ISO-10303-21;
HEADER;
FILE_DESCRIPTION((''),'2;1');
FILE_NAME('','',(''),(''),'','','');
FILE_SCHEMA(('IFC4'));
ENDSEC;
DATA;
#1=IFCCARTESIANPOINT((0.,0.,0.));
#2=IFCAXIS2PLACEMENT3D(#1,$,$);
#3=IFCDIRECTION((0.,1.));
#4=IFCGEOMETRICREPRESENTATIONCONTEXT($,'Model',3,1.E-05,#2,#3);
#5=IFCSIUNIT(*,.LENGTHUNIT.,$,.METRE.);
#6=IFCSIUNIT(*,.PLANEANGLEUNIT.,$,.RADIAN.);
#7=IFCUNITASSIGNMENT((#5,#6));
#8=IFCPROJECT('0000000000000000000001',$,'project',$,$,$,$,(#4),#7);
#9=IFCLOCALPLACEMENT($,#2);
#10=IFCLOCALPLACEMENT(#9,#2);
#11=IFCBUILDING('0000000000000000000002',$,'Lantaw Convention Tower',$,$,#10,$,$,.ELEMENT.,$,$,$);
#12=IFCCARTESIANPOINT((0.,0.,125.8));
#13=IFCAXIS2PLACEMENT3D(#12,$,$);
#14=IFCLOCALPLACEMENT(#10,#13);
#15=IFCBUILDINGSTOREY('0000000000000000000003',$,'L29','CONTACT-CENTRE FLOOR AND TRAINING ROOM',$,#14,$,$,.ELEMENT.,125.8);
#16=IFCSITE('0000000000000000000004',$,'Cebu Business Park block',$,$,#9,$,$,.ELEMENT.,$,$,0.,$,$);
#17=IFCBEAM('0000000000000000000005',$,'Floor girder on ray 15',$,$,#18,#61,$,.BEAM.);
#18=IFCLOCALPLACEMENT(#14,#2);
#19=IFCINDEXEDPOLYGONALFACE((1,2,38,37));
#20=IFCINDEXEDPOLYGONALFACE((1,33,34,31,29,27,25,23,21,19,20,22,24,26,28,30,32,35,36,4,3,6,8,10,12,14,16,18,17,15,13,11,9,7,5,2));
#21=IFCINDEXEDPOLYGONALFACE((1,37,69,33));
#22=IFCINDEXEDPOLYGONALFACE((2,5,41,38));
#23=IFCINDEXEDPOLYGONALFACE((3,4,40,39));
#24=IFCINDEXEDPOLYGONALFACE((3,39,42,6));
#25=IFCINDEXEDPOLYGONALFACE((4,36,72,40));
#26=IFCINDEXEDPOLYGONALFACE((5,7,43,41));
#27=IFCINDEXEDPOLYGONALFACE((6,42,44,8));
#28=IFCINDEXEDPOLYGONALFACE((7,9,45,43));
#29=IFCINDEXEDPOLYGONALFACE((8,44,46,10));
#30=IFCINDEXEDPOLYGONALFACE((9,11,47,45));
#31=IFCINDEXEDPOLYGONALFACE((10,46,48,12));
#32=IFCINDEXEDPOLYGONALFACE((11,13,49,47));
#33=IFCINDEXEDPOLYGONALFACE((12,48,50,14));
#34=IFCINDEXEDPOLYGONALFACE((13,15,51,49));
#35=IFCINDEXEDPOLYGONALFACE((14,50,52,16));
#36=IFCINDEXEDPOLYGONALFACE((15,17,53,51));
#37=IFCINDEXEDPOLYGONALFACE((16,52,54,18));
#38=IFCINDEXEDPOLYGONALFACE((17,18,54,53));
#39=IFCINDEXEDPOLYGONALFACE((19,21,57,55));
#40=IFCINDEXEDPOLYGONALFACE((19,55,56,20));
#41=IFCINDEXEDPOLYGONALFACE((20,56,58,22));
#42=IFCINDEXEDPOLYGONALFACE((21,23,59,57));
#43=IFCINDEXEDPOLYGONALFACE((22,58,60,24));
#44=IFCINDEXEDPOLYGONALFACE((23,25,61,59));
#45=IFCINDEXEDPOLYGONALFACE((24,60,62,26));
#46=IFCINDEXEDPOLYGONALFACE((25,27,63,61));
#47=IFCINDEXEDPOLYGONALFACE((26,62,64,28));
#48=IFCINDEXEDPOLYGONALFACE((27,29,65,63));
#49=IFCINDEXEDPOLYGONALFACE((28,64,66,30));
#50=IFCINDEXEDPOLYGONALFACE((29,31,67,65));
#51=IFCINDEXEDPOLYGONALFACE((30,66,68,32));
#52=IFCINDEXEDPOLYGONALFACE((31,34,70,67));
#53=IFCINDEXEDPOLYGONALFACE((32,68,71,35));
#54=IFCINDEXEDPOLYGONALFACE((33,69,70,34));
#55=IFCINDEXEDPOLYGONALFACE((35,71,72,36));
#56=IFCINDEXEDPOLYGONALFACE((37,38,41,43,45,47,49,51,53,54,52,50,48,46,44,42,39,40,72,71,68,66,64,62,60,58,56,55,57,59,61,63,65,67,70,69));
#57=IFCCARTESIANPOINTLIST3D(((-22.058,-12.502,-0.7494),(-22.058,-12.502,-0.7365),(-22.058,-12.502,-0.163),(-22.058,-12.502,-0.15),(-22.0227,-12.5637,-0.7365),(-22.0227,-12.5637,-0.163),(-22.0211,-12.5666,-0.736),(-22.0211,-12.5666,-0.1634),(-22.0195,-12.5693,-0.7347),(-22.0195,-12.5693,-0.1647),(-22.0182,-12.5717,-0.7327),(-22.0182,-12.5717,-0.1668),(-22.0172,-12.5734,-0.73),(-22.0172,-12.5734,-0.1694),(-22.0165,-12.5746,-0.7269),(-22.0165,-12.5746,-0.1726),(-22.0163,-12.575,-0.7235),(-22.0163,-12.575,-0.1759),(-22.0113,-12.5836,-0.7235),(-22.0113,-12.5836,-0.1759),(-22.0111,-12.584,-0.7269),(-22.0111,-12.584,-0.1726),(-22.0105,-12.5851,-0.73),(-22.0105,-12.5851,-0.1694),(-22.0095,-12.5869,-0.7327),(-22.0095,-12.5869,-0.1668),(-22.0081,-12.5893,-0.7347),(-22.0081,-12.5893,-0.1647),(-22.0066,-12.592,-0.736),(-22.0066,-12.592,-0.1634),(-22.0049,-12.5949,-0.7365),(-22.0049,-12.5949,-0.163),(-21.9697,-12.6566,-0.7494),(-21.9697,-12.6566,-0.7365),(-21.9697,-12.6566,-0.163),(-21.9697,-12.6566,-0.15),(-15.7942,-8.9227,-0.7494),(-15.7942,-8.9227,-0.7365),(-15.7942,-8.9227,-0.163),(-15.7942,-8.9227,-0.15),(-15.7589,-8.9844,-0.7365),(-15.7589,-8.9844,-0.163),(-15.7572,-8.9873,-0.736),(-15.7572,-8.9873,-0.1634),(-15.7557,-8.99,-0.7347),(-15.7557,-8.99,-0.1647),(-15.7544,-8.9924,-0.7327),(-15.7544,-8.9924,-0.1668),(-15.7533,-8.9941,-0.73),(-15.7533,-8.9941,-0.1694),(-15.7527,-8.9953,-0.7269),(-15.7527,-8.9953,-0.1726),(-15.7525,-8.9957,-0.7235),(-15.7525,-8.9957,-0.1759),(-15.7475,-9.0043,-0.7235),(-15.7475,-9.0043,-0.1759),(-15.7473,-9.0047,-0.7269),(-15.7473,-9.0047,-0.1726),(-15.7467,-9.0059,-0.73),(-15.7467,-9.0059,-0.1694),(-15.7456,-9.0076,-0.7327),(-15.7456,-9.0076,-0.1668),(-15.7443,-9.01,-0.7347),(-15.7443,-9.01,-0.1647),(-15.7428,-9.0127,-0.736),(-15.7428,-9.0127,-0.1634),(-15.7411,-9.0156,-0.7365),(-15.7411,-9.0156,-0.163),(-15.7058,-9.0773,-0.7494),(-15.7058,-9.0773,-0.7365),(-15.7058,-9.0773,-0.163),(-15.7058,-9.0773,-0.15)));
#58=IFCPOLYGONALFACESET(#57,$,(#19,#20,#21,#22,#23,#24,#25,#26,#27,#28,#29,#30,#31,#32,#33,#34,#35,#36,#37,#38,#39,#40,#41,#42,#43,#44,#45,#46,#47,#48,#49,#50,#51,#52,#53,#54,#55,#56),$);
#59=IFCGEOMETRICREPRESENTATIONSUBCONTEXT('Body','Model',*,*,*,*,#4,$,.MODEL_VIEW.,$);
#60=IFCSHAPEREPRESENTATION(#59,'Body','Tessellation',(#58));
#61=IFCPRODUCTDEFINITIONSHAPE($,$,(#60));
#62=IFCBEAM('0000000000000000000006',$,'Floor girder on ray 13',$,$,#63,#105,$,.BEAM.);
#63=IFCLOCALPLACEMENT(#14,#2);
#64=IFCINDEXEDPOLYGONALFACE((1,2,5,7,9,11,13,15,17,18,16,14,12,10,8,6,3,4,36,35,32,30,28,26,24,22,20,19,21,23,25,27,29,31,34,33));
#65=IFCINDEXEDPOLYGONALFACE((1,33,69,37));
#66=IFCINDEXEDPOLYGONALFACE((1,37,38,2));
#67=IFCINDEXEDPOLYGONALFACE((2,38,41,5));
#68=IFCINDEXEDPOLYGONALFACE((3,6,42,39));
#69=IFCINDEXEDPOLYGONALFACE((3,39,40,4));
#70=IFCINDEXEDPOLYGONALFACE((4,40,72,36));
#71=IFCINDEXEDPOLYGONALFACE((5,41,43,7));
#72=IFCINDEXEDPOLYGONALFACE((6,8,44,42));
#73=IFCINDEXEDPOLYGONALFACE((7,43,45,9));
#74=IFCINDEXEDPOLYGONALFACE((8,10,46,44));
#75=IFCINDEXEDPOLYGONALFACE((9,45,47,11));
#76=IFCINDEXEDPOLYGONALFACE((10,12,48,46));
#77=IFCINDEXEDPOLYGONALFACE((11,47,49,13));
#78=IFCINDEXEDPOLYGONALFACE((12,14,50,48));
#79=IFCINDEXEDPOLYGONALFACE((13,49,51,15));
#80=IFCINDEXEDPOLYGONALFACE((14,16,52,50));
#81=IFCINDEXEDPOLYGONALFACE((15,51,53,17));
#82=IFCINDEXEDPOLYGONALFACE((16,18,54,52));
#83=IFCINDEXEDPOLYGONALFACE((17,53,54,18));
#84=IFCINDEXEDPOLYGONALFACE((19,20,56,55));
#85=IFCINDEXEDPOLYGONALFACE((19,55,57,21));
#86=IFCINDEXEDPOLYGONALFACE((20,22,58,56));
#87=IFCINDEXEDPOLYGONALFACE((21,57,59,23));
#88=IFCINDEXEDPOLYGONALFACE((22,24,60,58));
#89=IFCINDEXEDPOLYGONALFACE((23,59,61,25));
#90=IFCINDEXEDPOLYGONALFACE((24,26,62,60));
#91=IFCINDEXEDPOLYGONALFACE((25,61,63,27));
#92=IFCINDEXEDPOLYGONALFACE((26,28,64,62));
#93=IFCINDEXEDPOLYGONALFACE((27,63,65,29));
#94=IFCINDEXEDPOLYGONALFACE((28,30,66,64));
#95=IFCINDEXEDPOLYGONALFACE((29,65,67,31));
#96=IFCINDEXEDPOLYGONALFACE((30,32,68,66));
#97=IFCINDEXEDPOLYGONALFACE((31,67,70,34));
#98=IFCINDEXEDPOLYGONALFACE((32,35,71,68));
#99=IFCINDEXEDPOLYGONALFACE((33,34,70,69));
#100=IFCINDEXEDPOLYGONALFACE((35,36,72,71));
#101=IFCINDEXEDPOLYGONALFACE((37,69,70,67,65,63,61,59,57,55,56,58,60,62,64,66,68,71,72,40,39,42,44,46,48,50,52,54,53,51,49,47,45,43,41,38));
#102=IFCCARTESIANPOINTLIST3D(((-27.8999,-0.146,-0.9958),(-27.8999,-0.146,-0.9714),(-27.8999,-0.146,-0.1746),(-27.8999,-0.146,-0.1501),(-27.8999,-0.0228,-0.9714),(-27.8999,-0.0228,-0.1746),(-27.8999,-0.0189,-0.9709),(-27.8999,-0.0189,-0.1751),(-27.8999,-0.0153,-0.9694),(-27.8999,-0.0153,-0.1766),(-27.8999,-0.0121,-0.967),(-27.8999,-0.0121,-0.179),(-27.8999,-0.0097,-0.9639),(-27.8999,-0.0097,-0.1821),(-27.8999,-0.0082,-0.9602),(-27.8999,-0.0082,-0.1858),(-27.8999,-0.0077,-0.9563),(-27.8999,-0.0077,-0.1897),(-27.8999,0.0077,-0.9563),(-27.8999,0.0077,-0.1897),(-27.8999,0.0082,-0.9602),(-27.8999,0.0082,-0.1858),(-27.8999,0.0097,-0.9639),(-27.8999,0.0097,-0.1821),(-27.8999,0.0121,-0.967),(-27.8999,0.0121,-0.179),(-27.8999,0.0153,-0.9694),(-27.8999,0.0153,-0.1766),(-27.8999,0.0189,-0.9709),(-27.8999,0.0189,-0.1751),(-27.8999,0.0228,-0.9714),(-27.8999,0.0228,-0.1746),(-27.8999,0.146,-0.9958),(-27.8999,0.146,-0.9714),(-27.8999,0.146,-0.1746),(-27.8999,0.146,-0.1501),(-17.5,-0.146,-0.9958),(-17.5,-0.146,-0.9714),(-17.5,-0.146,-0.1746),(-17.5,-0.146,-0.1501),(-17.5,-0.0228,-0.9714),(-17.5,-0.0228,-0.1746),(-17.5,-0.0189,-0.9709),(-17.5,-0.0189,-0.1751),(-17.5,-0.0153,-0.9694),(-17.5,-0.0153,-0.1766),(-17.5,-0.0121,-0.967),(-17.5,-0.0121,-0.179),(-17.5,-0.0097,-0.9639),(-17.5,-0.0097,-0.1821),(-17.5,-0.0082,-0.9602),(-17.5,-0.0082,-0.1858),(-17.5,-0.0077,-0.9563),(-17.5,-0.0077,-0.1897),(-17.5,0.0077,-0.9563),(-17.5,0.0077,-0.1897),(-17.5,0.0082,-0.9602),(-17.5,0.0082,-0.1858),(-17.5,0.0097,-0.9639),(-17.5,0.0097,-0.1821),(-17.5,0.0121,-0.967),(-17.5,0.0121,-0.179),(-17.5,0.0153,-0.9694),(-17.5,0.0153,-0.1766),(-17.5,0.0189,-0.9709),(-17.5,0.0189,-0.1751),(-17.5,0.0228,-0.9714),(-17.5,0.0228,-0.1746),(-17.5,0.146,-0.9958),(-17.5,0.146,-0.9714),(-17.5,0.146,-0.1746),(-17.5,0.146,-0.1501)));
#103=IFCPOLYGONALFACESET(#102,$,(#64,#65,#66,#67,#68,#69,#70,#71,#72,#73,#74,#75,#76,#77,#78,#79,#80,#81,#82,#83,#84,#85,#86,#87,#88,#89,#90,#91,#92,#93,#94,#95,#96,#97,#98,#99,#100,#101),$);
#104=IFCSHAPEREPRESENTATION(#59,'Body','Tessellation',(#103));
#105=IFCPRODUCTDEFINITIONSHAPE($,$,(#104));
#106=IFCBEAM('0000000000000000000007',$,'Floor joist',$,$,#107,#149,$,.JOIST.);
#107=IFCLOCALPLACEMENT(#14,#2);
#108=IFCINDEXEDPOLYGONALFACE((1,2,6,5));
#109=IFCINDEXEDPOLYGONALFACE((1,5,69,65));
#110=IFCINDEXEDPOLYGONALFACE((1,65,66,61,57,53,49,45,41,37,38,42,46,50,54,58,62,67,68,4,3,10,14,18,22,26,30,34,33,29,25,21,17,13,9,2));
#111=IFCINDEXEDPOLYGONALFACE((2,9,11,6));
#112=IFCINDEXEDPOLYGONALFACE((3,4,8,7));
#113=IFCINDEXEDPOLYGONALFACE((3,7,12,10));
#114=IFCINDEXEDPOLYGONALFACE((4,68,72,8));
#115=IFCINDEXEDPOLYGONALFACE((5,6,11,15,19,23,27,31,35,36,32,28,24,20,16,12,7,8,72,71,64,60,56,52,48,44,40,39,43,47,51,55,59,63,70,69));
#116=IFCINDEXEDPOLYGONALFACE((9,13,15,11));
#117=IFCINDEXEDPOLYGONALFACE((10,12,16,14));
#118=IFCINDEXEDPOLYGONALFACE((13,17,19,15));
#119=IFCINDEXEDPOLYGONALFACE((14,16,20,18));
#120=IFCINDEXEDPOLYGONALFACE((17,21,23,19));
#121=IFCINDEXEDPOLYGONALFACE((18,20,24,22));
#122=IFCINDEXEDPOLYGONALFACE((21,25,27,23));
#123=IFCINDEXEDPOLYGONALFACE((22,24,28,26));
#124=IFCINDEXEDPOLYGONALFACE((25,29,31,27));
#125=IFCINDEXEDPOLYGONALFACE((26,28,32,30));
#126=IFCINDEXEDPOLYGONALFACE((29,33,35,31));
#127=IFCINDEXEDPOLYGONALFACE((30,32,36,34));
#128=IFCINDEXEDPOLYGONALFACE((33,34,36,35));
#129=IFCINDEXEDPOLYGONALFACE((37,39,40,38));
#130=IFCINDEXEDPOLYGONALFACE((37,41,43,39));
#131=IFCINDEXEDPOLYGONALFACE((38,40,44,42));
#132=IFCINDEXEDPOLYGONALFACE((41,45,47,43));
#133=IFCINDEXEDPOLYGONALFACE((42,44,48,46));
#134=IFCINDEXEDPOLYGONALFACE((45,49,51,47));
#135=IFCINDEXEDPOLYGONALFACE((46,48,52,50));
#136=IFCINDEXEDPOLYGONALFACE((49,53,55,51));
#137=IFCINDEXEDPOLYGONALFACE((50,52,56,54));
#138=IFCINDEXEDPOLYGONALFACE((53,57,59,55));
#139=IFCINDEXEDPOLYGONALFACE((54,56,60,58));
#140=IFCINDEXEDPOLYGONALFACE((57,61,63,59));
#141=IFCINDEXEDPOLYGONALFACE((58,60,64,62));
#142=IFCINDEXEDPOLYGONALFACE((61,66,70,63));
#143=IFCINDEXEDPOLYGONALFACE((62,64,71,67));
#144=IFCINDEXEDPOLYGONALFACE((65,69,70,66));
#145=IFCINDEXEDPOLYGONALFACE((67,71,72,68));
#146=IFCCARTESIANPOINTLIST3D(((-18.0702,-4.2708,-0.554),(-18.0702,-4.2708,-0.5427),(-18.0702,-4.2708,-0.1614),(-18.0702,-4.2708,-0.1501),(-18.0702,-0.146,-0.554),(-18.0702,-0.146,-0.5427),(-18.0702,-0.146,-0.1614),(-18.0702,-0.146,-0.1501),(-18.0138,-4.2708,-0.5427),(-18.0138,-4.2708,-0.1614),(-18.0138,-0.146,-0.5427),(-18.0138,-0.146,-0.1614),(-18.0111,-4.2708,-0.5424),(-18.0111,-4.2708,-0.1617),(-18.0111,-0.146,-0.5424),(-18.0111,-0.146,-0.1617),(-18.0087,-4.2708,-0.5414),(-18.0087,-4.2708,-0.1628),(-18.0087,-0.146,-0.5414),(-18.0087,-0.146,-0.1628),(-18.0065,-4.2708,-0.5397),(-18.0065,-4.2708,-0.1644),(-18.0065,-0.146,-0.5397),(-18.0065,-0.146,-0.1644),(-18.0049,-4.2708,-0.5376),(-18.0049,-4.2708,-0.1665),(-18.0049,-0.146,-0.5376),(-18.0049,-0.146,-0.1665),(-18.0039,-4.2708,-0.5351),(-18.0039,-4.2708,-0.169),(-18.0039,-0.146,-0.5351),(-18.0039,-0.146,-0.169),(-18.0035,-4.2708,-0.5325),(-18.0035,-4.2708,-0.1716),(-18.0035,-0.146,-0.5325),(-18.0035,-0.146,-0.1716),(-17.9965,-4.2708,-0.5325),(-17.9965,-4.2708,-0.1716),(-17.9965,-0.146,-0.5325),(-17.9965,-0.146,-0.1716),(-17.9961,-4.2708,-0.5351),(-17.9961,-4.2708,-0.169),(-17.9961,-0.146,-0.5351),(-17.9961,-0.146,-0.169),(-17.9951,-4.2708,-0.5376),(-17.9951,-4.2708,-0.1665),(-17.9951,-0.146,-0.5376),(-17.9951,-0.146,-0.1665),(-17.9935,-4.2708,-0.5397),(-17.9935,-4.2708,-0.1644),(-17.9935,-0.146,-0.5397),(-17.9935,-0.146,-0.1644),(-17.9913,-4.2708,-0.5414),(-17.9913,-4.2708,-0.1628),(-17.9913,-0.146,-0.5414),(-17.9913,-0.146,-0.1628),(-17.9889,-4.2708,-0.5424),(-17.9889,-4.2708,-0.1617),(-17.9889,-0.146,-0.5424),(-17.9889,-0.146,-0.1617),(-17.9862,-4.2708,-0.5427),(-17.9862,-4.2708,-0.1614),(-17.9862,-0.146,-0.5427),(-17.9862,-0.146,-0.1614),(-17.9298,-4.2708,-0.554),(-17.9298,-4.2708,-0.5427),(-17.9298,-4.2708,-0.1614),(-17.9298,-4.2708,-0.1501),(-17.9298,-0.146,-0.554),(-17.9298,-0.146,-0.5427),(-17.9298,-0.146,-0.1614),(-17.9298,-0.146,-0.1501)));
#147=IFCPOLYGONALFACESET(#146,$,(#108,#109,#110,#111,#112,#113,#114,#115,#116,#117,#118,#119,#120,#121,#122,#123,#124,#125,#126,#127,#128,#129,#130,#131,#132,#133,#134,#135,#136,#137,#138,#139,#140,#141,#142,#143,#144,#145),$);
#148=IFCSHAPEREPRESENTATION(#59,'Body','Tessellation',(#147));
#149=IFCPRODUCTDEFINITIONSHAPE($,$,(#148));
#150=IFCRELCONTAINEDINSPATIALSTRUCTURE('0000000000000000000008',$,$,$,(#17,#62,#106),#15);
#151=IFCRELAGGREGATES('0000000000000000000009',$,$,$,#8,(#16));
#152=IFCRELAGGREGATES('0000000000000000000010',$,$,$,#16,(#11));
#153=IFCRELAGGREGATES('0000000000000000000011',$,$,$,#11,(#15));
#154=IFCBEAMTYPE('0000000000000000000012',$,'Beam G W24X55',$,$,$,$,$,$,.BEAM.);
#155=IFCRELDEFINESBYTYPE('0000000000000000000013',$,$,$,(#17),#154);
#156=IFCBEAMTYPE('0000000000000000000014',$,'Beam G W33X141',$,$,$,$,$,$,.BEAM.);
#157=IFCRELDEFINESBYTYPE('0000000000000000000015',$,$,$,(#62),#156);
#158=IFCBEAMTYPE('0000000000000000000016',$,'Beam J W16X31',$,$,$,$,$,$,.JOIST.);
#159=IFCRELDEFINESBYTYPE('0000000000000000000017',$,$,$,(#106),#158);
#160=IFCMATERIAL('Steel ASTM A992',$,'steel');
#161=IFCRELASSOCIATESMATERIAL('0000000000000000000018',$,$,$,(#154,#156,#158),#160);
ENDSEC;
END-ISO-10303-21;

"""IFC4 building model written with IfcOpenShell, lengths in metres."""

from ifc_helpers import new_model, si_unit, direction, frame, origin, origin_2d, place, context, subcontext, project, spatial, i_section, extrude, material, material_profile, profile_set, type_object, element, save


model = new_model("IFC4")

# Units and contexts
model_context = context("Model", 3, precision=1e-05, world=origin(), true_north=direction((0.0, 1.0)))
body_context = subcontext(model_context, "Body", "Model", "MODEL_VIEW")
ifc_project = project(units=[si_unit("LENGTHUNIT", "METRE"), si_unit("PLANEANGLEUNIT", "RADIAN")], contexts=[model_context])

# Site, building, storey
site_placement = place(None, origin())
site = spatial("IfcSite", under=ifc_project, at=site_placement, Name="Cebu Business Park block", CompositionType="ELEMENT", RefElevation=0.0)
building_placement = place(site_placement, origin())
building = spatial("IfcBuilding", under=site, at=building_placement, Name="Lantaw Convention Tower", CompositionType="ELEMENT")
storey_placement = place(building_placement, frame((0.0, 0.0, 125.8)))
storey = spatial("IfcBuildingStorey", under=building, at=storey_placement, Name="L29", Description="CONTACT-CENTRE FLOOR AND TRAINING ROOM", CompositionType="ELEMENT", Elevation=125.8)

# Beams
ifc_material_1 = material(Name="Steel ASTM A992", Category="steel")
ifc_material_profile_1 = material_profile(ifc_material_1, i_section(OverallWidth=0.178, OverallDepth=0.5994, WebThickness=0.01, FlangeThickness=0.0129, FilletRadius=0.0129, at=origin_2d()), Name="W24X55")
ifc_profile_set_1 = profile_set([ifc_material_profile_1], Name="Steel ASTM A992")
beam_type_1 = type_object("IfcBeamType", Name="Beam G W24X55", PredefinedType="BEAM", material=ifc_profile_set_1)
beam_1_placement = place(storey_placement, frame((-15.75, -9.0, -0.4497), z_axis=(-0.868245, -0.496135, 0.0), x_axis=(0.496135, -0.868245, 0.0)))
element("IfcBeam", 1, at=beam_1_placement, inside=storey, type_object=beam_type_1, Name="Floor girder on ray 15", PredefinedType="BEAM", context=body_context, shape_type="SweptSolid", body=[
    extrude(i_section(OverallWidth=0.178, OverallDepth=0.5994, WebThickness=0.01, FlangeThickness=0.0129, FilletRadius=0.0129, at=origin_2d()), origin(), (0.0, 0.0, 1.0), 7.2144),
])
ifc_material_profile_2 = material_profile(ifc_material_1, i_section(OverallWidth=0.292, OverallDepth=0.8457, WebThickness=0.0154, FlangeThickness=0.0244, FilletRadius=0.0151, at=origin_2d()), Name="W33X141")
ifc_profile_set_2 = profile_set([ifc_material_profile_2], Name="Steel ASTM A992")
beam_type_2 = type_object("IfcBeamType", Name="Beam G W33X141", PredefinedType="BEAM", material=ifc_profile_set_2)
beam_2_placement = place(storey_placement, frame((-17.5, 0.0, -0.573), z_axis=(-1.0, 0.0, 0.0), x_axis=(0.0, -1.0, 0.0)))
element("IfcBeam", 2, at=beam_2_placement, inside=storey, type_object=beam_type_2, Name="Floor girder on ray 13", PredefinedType="BEAM", context=body_context, shape_type="SweptSolid", body=[
    extrude(i_section(OverallWidth=0.292, OverallDepth=0.8457, WebThickness=0.0154, FlangeThickness=0.0244, FilletRadius=0.0151, at=origin_2d()), origin(), (0.0, 0.0, 1.0), 10.3999),
])
ifc_material_profile_3 = material_profile(ifc_material_1, i_section(OverallWidth=0.1404, OverallDepth=0.4038, WebThickness=0.0071, FlangeThickness=0.0112, FilletRadius=0.0103, at=origin_2d()), Name="W16X31")
ifc_profile_set_3 = profile_set([ifc_material_profile_3], Name="Steel ASTM A992")
beam_type_3 = type_object("IfcBeamType", Name="Beam J W16X31", PredefinedType="JOIST", material=ifc_profile_set_3)
beam_3_placement = place(storey_placement, frame((-18.0, -4.2708, -0.3521), z_axis=(0.0, 1.0, 0.0), x_axis=(-1.0, 0.0, 0.0)))
element("IfcBeam", 3, at=beam_3_placement, inside=storey, type_object=beam_type_3, Name="Floor joist", PredefinedType="JOIST", context=body_context, shape_type="SweptSolid", body=[
    extrude(i_section(OverallWidth=0.1404, OverallDepth=0.4038, WebThickness=0.0071, FlangeThickness=0.0112, FilletRadius=0.0103, at=origin_2d()), origin(), (0.0, 0.0, 1.0), 4.1248),
])

save(model, "model.ifc")
